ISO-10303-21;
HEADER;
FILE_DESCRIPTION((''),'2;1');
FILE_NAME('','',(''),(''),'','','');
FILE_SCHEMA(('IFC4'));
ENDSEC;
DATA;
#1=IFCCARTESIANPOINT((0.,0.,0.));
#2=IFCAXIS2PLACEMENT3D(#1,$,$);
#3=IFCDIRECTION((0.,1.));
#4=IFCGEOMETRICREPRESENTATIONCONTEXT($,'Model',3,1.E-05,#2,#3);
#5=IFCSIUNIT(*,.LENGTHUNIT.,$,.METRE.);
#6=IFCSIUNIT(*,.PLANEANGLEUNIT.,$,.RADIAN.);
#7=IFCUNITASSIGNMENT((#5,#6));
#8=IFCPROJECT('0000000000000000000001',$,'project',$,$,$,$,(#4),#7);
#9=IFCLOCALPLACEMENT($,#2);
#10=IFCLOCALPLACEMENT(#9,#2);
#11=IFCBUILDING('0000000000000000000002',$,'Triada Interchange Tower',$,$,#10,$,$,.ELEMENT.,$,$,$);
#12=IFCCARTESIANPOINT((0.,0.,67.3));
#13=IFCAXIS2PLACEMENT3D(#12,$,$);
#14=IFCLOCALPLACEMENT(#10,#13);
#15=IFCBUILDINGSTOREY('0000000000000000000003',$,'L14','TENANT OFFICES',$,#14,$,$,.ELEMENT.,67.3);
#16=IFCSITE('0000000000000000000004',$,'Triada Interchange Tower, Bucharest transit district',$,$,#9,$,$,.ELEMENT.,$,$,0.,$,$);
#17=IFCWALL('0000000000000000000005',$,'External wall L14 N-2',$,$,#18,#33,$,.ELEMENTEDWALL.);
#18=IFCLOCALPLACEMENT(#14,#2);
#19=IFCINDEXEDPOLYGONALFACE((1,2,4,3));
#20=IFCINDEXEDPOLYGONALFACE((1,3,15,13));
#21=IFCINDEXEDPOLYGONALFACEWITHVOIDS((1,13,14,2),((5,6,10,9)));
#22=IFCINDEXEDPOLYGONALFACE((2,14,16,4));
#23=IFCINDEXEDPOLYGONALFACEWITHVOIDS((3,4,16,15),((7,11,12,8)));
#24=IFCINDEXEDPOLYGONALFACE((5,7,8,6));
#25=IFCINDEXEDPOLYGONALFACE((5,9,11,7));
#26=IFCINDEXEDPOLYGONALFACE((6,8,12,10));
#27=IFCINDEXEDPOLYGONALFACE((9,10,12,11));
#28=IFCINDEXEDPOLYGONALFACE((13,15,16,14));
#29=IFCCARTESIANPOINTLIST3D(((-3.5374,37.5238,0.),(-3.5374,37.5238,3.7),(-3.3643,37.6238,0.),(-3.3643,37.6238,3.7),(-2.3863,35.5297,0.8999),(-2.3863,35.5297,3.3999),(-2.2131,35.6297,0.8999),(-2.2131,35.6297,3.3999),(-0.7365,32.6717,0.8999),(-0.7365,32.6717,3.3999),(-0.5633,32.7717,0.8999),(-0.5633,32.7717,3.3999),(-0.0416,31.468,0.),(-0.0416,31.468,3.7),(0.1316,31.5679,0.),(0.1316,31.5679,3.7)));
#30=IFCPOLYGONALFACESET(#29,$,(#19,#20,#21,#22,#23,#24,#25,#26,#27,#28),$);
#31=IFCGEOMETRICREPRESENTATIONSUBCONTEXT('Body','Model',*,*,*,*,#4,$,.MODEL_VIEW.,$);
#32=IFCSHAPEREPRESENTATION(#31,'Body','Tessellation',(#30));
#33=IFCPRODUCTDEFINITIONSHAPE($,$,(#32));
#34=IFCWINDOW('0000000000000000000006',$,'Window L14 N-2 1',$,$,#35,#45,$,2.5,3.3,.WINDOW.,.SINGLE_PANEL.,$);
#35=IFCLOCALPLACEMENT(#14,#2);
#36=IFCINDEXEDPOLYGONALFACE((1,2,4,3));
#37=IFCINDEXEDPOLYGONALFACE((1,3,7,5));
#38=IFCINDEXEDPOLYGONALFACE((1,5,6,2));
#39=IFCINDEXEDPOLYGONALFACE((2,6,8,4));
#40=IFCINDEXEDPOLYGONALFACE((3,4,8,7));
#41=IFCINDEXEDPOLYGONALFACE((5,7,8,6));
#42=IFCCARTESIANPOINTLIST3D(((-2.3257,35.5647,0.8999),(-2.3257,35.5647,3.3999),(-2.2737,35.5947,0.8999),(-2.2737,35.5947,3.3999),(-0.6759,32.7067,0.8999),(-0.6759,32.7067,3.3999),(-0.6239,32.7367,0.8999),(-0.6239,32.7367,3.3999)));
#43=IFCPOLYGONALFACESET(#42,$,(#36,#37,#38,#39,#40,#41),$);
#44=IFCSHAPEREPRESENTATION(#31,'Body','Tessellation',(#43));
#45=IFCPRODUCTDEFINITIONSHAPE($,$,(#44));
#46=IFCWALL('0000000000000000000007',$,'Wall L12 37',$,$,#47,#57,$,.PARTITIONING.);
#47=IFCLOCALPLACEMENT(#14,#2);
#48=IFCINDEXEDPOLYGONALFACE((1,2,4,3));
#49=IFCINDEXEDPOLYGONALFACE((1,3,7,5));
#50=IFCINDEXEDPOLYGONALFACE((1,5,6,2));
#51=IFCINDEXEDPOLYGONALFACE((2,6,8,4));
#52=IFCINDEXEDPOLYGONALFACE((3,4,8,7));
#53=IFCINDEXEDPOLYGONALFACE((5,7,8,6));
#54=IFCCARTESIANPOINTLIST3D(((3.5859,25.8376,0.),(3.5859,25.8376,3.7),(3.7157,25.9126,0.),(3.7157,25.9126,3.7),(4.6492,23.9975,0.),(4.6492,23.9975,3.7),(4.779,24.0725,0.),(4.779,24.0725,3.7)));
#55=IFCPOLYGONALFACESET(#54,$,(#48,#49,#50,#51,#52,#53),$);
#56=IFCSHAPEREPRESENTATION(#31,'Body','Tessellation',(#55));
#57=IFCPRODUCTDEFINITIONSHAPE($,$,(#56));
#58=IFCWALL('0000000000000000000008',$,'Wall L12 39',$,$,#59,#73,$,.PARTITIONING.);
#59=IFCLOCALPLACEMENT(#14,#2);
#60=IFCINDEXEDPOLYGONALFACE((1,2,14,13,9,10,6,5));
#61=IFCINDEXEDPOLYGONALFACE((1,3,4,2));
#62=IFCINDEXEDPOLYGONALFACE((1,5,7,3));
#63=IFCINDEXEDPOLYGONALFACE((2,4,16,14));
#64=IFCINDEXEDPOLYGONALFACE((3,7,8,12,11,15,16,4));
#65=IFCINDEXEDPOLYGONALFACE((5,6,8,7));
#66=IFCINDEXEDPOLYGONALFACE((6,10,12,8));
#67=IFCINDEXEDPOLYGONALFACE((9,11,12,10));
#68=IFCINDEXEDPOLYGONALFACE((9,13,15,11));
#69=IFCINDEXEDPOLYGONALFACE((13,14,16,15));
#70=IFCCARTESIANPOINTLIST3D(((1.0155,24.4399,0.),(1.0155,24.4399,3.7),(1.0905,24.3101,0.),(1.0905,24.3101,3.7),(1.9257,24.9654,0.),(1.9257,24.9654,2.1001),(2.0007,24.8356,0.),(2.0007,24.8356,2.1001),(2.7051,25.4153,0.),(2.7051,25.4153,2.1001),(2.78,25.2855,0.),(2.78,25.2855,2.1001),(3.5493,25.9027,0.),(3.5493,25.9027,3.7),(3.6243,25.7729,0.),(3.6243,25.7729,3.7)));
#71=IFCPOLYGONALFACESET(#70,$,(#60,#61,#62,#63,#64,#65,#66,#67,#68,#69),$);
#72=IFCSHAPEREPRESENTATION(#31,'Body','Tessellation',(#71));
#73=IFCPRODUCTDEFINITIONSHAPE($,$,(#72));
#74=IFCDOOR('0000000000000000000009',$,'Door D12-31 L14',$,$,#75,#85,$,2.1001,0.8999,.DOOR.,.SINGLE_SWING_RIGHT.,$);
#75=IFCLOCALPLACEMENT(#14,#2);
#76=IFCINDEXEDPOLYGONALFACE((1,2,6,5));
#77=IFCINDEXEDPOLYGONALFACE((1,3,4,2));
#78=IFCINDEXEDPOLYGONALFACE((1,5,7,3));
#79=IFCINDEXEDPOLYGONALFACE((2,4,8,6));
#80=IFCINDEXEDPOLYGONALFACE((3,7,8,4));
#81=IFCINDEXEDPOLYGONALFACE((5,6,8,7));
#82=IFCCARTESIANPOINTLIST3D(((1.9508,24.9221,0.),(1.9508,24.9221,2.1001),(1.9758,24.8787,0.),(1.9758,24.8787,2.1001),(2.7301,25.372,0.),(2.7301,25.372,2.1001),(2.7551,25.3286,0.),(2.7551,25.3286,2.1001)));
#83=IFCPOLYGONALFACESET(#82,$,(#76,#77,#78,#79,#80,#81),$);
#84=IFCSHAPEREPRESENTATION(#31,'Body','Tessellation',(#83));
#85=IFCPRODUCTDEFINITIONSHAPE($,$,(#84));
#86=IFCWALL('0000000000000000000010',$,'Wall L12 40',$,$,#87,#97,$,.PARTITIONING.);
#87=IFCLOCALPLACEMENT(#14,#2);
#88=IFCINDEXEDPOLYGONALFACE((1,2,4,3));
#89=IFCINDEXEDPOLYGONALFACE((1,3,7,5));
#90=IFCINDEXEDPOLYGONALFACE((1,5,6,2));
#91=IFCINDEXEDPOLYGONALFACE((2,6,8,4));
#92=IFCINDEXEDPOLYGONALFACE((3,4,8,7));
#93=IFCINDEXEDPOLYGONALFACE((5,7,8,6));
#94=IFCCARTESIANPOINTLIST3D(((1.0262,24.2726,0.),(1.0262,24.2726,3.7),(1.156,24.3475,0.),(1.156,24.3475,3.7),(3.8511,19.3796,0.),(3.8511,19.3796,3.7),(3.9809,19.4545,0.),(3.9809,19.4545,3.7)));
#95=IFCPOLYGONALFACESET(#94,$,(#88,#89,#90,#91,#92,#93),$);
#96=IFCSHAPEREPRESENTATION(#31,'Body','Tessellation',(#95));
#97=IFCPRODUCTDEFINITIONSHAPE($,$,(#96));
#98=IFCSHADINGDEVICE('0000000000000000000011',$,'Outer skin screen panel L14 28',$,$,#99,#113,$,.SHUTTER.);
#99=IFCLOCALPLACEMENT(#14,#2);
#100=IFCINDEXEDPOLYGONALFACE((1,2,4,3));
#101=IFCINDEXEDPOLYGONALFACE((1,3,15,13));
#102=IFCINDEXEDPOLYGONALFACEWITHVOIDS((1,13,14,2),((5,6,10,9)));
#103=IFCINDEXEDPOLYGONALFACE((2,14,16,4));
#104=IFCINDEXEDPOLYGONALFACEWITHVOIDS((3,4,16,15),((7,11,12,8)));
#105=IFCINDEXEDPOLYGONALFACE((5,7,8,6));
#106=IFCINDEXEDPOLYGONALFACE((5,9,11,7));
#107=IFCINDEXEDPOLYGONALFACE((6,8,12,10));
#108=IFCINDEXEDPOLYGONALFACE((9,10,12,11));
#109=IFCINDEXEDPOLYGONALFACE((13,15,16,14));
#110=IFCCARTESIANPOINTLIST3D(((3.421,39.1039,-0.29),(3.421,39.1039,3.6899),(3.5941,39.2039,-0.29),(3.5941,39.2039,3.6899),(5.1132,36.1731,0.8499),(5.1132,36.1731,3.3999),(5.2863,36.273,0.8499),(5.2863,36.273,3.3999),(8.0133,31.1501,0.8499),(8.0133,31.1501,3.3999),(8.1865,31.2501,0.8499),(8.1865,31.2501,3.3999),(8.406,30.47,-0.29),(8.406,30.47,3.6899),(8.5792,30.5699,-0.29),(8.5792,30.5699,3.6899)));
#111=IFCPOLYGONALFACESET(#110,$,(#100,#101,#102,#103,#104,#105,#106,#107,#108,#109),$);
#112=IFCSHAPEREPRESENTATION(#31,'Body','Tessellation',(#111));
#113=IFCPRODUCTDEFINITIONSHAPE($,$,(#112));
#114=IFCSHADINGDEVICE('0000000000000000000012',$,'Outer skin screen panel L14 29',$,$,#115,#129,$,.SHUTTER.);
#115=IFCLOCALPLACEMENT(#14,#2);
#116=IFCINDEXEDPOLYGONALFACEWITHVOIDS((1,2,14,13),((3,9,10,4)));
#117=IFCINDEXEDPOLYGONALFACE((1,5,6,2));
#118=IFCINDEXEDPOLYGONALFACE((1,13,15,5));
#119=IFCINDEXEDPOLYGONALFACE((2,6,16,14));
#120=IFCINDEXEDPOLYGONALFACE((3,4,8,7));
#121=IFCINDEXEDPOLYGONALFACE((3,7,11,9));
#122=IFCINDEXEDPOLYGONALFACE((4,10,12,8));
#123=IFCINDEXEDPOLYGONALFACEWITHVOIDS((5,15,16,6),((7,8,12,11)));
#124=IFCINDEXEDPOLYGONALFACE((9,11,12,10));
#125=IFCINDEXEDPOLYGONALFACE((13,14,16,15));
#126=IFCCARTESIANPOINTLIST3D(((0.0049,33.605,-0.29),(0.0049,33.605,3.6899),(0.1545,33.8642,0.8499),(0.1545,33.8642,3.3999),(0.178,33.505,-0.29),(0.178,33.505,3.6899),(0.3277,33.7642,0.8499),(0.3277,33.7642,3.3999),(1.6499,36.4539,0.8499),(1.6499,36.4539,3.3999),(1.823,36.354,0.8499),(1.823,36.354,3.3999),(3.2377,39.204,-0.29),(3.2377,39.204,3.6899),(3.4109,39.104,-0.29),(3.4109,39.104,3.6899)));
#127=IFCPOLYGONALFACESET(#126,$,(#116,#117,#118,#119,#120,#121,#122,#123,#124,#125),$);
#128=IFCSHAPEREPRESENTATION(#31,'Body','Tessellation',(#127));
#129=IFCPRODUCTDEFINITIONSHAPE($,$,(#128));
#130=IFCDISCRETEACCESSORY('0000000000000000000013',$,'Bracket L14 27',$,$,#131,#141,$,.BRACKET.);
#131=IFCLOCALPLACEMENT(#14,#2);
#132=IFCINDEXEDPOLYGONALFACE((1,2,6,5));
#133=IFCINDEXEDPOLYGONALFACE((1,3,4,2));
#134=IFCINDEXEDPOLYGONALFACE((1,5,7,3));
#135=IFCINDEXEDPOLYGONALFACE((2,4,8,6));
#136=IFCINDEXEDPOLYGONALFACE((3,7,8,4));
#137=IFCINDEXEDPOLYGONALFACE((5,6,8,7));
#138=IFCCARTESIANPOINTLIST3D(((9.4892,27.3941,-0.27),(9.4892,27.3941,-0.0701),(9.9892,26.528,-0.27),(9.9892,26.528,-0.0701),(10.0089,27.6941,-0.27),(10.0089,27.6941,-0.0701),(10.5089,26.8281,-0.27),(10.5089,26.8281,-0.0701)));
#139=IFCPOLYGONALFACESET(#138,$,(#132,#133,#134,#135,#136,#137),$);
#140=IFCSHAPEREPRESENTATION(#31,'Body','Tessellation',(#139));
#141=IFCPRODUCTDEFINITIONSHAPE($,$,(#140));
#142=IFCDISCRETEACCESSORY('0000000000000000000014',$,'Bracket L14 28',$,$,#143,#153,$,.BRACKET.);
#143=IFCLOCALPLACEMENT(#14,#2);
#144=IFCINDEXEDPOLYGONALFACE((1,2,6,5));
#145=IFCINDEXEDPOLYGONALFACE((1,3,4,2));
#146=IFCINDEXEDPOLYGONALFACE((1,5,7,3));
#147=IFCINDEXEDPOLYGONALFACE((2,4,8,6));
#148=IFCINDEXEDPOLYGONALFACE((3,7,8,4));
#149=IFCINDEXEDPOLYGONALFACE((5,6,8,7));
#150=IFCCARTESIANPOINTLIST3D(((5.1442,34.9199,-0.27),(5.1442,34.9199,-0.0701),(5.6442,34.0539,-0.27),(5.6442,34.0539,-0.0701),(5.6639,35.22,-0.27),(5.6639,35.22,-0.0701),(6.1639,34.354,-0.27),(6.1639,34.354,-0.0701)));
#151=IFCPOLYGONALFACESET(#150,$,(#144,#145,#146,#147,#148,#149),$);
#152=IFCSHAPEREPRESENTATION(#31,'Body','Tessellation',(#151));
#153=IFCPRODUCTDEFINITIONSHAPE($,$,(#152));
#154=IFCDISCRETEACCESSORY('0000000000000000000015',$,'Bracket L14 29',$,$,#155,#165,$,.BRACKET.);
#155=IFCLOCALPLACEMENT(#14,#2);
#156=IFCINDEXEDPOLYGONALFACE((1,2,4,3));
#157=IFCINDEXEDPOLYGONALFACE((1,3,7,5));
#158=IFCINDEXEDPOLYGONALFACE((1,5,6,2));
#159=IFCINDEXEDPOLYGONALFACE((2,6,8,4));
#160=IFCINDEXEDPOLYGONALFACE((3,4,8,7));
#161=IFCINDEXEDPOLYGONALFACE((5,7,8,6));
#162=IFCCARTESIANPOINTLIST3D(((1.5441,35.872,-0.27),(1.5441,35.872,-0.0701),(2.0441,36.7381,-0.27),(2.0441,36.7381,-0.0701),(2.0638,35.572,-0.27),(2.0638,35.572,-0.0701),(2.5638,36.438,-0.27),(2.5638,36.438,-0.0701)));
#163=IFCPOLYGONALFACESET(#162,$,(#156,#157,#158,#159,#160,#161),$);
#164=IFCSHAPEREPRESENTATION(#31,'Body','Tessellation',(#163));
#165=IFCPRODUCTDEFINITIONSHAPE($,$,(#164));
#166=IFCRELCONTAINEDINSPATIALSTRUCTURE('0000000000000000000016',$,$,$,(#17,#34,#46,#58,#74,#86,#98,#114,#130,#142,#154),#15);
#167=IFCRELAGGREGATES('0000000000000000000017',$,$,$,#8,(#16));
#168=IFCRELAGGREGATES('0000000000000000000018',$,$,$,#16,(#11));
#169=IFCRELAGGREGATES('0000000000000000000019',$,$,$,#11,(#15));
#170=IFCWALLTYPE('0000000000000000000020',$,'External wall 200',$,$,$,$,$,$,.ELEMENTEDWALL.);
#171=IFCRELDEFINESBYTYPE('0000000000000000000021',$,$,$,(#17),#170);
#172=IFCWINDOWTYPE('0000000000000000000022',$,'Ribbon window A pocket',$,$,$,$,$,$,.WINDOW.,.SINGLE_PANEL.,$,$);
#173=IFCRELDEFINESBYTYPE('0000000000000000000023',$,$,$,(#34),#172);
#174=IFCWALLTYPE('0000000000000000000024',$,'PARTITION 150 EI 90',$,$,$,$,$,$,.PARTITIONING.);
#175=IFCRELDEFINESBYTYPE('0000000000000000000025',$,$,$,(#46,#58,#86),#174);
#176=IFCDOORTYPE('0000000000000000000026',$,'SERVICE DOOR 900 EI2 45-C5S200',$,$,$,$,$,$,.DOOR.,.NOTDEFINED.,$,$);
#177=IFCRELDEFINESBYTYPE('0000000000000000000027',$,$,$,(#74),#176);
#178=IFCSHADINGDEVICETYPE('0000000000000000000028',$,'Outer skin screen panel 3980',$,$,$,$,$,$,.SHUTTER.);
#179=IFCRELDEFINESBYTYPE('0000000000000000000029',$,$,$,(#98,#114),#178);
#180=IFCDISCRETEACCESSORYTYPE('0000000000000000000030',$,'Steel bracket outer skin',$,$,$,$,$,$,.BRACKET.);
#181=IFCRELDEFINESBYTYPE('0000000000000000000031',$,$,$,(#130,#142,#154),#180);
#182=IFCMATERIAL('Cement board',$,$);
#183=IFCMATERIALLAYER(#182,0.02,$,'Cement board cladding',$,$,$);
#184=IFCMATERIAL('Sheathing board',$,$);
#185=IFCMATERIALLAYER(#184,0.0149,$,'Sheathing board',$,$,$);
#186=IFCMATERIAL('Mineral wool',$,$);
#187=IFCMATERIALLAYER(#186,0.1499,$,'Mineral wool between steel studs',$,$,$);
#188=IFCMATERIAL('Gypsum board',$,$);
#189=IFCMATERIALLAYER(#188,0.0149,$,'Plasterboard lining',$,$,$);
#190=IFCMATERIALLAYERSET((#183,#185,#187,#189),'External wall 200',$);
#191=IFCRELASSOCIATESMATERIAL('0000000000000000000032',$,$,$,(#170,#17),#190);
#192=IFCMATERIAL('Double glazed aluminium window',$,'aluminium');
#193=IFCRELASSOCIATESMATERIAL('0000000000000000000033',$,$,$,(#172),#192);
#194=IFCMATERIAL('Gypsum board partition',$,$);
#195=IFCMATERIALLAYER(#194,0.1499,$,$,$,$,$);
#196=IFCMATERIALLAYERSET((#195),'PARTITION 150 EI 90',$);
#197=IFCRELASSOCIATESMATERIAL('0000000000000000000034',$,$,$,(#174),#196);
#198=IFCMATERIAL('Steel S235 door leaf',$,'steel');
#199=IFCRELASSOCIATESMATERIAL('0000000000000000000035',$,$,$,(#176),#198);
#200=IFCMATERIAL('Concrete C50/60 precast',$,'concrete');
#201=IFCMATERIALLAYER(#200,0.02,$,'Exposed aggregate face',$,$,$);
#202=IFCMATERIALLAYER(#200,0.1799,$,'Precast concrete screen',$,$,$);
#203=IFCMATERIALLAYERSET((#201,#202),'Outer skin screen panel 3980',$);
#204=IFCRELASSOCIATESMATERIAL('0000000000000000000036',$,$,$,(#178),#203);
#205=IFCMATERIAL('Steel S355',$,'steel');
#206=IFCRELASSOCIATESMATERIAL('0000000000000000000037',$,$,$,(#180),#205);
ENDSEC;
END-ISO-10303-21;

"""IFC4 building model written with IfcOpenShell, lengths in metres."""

from ifc_helpers import new_model, si_unit, direction, frame, frame_2d, origin, origin_2d, place, context, subcontext, project, spatial, polyline, rectangle, outline, extrude, material, layer, layer_set, layer_usage, type_object, element, fill, save


model = new_model("IFC4")

# Units and contexts
model_context = context("Model", 3, precision=1e-05, world=origin(), true_north=direction((0.0, 1.0)))
body_context = subcontext(model_context, "Body", "Model", "MODEL_VIEW")
ifc_project = project(units=[si_unit("LENGTHUNIT", "METRE"), si_unit("PLANEANGLEUNIT", "RADIAN")], contexts=[model_context])

# Site, building, storey
site_placement = place(None, origin())
site = spatial("IfcSite", under=ifc_project, at=site_placement, Name="Triada Interchange Tower, Bucharest transit district", CompositionType="ELEMENT", RefElevation=0.0)
building_placement = place(site_placement, origin())
building = spatial("IfcBuilding", under=site, at=building_placement, Name="Triada Interchange Tower", CompositionType="ELEMENT")
storey_placement = place(building_placement, frame((0.0, 0.0, 67.3)))
storey = spatial("IfcBuildingStorey", under=building, at=storey_placement, Name="L14", Description="TENANT OFFICES", CompositionType="ELEMENT", Elevation=67.3)

# Wall, opening, window
ifc_material_1 = material(Name="Cement board")
ifc_layer_1 = layer(ifc_material_1, 0.02, Name="Cement board cladding")
ifc_material_2 = material(Name="Sheathing board")
ifc_layer_2 = layer(ifc_material_2, 0.0149, Name="Sheathing board")
ifc_material_3 = material(Name="Mineral wool")
ifc_layer_3 = layer(ifc_material_3, 0.1499, Name="Mineral wool between steel studs")
ifc_material_4 = material(Name="Gypsum board")
ifc_layer_4 = layer(ifc_material_4, 0.0149, Name="Plasterboard lining")
ifc_layer_set_1 = layer_set([ifc_layer_1, ifc_layer_2, ifc_layer_3, ifc_layer_4], Name="External wall 200")
ifc_layer_usage = layer_usage(ifc_layer_set_1, "AXIS2", "POSITIVE", -0.1001)
wall_type_1 = type_object("IfcWallType", Name="External wall 200", PredefinedType="ELEMENTEDWALL", material=ifc_layer_set_1)
ifc_material_5 = material(Name="Double glazed aluminium window", Category="aluminium")
window_type = type_object("IfcWindowType", Name="Ribbon window A pocket", PartitioningType="SINGLE_PANEL", PredefinedType="WINDOW", material=ifc_material_5)
wall_1_placement = place(storey_placement, frame((0.0449, 31.5181, 0.0), z_axis=(0.0, 0.0, 1.0), x_axis=(-0.499943, 0.866058, 0.0)))
wall_1 = element("IfcWall", 1, at=wall_1_placement, inside=storey, type_object=wall_type_1, material=ifc_layer_usage, Name="External wall L14 N-2", PredefinedType="ELEMENTEDWALL", context=body_context, shape_type="SweptSolid", body=[
    extrude(rectangle(XDim=6.9924, YDim=0.2, at=frame_2d((3.4961, 0.0))), origin(), (0.0, 0.0, 1.0), 3.7),
])
opening_1_placement = place(wall_1_placement, frame((1.3899, 0.0, 0.8999)))
opening_1 = element("IfcOpeningElement", 2, at=opening_1_placement, cuts=wall_1, PredefinedType="OPENING", context=body_context, shape_type="SweptSolid", body=[
    extrude(rectangle(XDim=3.3, YDim=2.5, at=frame_2d((1.6499, 1.25))), frame((0.0, 0.1099, 0.0), z_axis=(0.0, -1.0, 0.0), x_axis=(1.0, 0.0, 0.0)), (0.0, 0.0, 1.0), 0.22),
])
window_1_placement = place(opening_1_placement, origin())
window_1 = element("IfcWindow", 3, at=window_1_placement, inside=storey, type_object=window_type, Name="Window L14 N-2 1", OverallHeight=2.5, OverallWidth=3.3, PartitioningType="SINGLE_PANEL", PredefinedType="WINDOW", context=body_context, shape_type="SweptSolid", body=[
    extrude(rectangle(XDim=3.3, YDim=2.5, at=frame_2d((1.6499, 1.25))), frame((0.0, 0.03, 0.0), z_axis=(0.0, -1.0, 0.0), x_axis=(1.0, 0.0, 0.0)), (0.0, 0.0, 1.0), 0.0601),
])
fill(opening_1, window_1)

# Wall
ifc_material_6 = material(Name="Gypsum board partition")
ifc_layer_5 = layer(ifc_material_6, 0.1499)
ifc_layer_set_2 = layer_set([ifc_layer_5], Name="PARTITION 150 EI 90")
wall_type_2 = type_object("IfcWallType", Name="PARTITION 150 EI 90", PredefinedType="PARTITIONING", material=ifc_layer_set_2)
wall_2_placement = place(storey_placement, frame((3.6509, 25.875, 0.0), z_axis=(0.0, 0.0, 1.0), x_axis=(0.500302, -0.865851, 0.0)))
element("IfcWall", 4, at=wall_2_placement, inside=storey, type_object=wall_type_2, Name="Wall L12 37", PredefinedType="PARTITIONING", context=body_context, shape_type="SweptSolid", body=[
    extrude(rectangle(XDim=2.1252, YDim=0.1499, at=frame_2d((1.0625, 0.0))), origin(), (0.0, 0.0, 1.0), 3.7),
])

# Wall, opening, door
wall_3_placement = place(storey_placement, frame((1.053, 24.375, 0.0), z_axis=(0.0, 0.0, 1.0), x_axis=(0.866037, 0.49998, 0.0)))
wall_3 = element("IfcWall", 5, at=wall_3_placement, inside=storey, type_object=wall_type_2, Name="Wall L12 39", PredefinedType="PARTITIONING", context=body_context, shape_type="SweptSolid", body=[
    extrude(rectangle(XDim=2.9258, YDim=0.1499, at=frame_2d((1.4629, 0.0))), origin(), (0.0, 0.0, 1.0), 3.7),
])
opening_2_placement = place(wall_3_placement, frame((1.051, 0.0, 0.0)))
opening_2 = element("IfcOpeningElement", 6, at=opening_2_placement, cuts=wall_3, PredefinedType="OPENING", context=body_context, shape_type="SweptSolid", body=[
    extrude(rectangle(XDim=0.8999, YDim=2.1001, at=frame_2d((0.45, 1.05))), frame((0.0, 0.085, 0.0), z_axis=(0.0, -1.0, 0.0), x_axis=(1.0, 0.0, 0.0)), (0.0, 0.0, 1.0), 0.1699),
])
ifc_material_7 = material(Name="Steel S235 door leaf", Category="steel")
door_type = type_object("IfcDoorType", Name="SERVICE DOOR 900 EI2 45-C5S200", OperationType="NOTDEFINED", PredefinedType="DOOR", material=ifc_material_7)
door_placement = place(opening_2_placement, origin())
door = element("IfcDoor", 7, at=door_placement, inside=storey, type_object=door_type, Name="Door D12-31 L14", OperationType="SINGLE_SWING_RIGHT", OverallHeight=2.1001, OverallWidth=0.8999, PredefinedType="DOOR", context=body_context, shape_type="SweptSolid", body=[
    extrude(rectangle(XDim=0.8999, YDim=2.1001, at=frame_2d((0.45, 1.05))), frame((0.0, 0.0249, 0.0), z_axis=(0.0, -1.0, 0.0), x_axis=(1.0, 0.0, 0.0)), (0.0, 0.0, 1.0), 0.05),
])
fill(opening_2, door)

# Wall
wall_4_placement = place(storey_placement, frame((1.0911, 24.3101, 0.0), z_axis=(0.0, 0.0, 1.0), x_axis=(0.499992, -0.86603, 0.0)))
element("IfcWall", 8, at=wall_4_placement, inside=storey, type_object=wall_type_2, Name="Wall L12 40", PredefinedType="PARTITIONING", context=body_context, shape_type="SweptSolid", body=[
    extrude(rectangle(XDim=5.6499, YDim=0.1499, at=frame_2d((2.825, 0.0))), origin(), (0.0, 0.0, 1.0), 3.7),
])

# Shading devices
ifc_material_8 = material(Name="Concrete C50/60 precast", Category="concrete")
ifc_layer_6 = layer(ifc_material_8, 0.02, Name="Exposed aggregate face")
ifc_layer_7 = layer(ifc_material_8, 0.1799, Name="Precast concrete screen")
ifc_layer_set_3 = layer_set([ifc_layer_6, ifc_layer_7], Name="Outer skin screen panel 3980")
shading_device_type = type_object("IfcShadingDeviceType", Name="Outer skin screen panel 3980", PredefinedType="SHUTTER", material=ifc_layer_set_3)
shading_device_1_placement = place(storey_placement, frame((8.406, 30.47, -0.29), z_axis=(0.0, 0.0, 1.0), x_axis=(-0.500019, 0.866015, 0.0)))
element("IfcShadingDevice", 9, at=shading_device_1_placement, inside=storey, type_object=shading_device_type, Name="Outer skin screen panel L14 28", PredefinedType="SHUTTER", context=body_context, shape_type="SweptSolid", body=[
    extrude(outline(polyline([(0.0, 0.0), (9.9697, 0.0), (9.9697, 3.98), (0.0, 3.98), (0.0, 0.0)]), holes=[polyline([(0.7854, 1.1399), (0.7854, 3.6899), (6.5854, 3.6899), (6.5854, 1.1399), (0.7854, 1.1399)])]), frame((0.0, 0.0, 0.0), z_axis=(0.0, -1.0, 0.0), x_axis=(1.0, 0.0, 0.0)), (0.0, 0.0, 1.0), 0.2),
])
shading_device_2_placement = place(storey_placement, frame((3.4109, 39.104, -0.29), z_axis=(0.0, 0.0, 1.0), x_axis=(-0.50003, -0.866008, 0.0)))
element("IfcShadingDevice", 10, at=shading_device_2_placement, inside=storey, type_object=shading_device_type, Name="Outer skin screen panel L14 29", PredefinedType="SHUTTER", context=body_context, shape_type="SweptSolid", body=[
    extrude(outline(polyline([(0.0, 0.0), (6.4653, 0.0), (6.4653, 3.98), (0.0, 3.98), (0.0, 0.0)]), holes=[polyline([(3.1755, 1.1399), (3.1755, 3.6899), (6.166, 3.6899), (6.166, 1.1399), (3.1755, 1.1399)])]), frame((0.0, 0.0, 0.0), z_axis=(0.0, -1.0, 0.0), x_axis=(1.0, 0.0, 0.0)), (0.0, 0.0, 1.0), 0.2),
])

# Discrete accessories
ifc_material_9 = material(Name="Steel S355", Category="steel")
discrete_accessory_type = type_object("IfcDiscreteAccessoryType", Name="Steel bracket outer skin", PredefinedType="BRACKET", material=ifc_material_9)
for number, where, z_axis, x_axis, name in (
    (11, (9.999, 27.1111, -0.27), (0.0, 0.0, 1.0), (0.866022, 0.500006, 0.0), "Bracket L14 27"),
    (12, (5.6541, 34.637, -0.27), (0.0, 0.0, 1.0), (0.866022, 0.500006, 0.0), "Bracket L14 28"),
    (13, (2.054, 36.155, -0.27), (0.0, 0.0, 1.0), (-0.866037, 0.49998, 0.0), "Bracket L14 29"),
):
    element("IfcDiscreteAccessory", number, at=place(storey_placement, frame(where, z_axis=z_axis, x_axis=x_axis)), inside=storey, type_object=discrete_accessory_type, Name=name, PredefinedType="BRACKET", context=body_context, shape_type="SweptSolid", body=[
        extrude(rectangle(XDim=0.6001, YDim=1.0, at=origin_2d()), origin(), (0.0, 0.0, 1.0), 0.2),
    ])

save(model, "model.ifc")
